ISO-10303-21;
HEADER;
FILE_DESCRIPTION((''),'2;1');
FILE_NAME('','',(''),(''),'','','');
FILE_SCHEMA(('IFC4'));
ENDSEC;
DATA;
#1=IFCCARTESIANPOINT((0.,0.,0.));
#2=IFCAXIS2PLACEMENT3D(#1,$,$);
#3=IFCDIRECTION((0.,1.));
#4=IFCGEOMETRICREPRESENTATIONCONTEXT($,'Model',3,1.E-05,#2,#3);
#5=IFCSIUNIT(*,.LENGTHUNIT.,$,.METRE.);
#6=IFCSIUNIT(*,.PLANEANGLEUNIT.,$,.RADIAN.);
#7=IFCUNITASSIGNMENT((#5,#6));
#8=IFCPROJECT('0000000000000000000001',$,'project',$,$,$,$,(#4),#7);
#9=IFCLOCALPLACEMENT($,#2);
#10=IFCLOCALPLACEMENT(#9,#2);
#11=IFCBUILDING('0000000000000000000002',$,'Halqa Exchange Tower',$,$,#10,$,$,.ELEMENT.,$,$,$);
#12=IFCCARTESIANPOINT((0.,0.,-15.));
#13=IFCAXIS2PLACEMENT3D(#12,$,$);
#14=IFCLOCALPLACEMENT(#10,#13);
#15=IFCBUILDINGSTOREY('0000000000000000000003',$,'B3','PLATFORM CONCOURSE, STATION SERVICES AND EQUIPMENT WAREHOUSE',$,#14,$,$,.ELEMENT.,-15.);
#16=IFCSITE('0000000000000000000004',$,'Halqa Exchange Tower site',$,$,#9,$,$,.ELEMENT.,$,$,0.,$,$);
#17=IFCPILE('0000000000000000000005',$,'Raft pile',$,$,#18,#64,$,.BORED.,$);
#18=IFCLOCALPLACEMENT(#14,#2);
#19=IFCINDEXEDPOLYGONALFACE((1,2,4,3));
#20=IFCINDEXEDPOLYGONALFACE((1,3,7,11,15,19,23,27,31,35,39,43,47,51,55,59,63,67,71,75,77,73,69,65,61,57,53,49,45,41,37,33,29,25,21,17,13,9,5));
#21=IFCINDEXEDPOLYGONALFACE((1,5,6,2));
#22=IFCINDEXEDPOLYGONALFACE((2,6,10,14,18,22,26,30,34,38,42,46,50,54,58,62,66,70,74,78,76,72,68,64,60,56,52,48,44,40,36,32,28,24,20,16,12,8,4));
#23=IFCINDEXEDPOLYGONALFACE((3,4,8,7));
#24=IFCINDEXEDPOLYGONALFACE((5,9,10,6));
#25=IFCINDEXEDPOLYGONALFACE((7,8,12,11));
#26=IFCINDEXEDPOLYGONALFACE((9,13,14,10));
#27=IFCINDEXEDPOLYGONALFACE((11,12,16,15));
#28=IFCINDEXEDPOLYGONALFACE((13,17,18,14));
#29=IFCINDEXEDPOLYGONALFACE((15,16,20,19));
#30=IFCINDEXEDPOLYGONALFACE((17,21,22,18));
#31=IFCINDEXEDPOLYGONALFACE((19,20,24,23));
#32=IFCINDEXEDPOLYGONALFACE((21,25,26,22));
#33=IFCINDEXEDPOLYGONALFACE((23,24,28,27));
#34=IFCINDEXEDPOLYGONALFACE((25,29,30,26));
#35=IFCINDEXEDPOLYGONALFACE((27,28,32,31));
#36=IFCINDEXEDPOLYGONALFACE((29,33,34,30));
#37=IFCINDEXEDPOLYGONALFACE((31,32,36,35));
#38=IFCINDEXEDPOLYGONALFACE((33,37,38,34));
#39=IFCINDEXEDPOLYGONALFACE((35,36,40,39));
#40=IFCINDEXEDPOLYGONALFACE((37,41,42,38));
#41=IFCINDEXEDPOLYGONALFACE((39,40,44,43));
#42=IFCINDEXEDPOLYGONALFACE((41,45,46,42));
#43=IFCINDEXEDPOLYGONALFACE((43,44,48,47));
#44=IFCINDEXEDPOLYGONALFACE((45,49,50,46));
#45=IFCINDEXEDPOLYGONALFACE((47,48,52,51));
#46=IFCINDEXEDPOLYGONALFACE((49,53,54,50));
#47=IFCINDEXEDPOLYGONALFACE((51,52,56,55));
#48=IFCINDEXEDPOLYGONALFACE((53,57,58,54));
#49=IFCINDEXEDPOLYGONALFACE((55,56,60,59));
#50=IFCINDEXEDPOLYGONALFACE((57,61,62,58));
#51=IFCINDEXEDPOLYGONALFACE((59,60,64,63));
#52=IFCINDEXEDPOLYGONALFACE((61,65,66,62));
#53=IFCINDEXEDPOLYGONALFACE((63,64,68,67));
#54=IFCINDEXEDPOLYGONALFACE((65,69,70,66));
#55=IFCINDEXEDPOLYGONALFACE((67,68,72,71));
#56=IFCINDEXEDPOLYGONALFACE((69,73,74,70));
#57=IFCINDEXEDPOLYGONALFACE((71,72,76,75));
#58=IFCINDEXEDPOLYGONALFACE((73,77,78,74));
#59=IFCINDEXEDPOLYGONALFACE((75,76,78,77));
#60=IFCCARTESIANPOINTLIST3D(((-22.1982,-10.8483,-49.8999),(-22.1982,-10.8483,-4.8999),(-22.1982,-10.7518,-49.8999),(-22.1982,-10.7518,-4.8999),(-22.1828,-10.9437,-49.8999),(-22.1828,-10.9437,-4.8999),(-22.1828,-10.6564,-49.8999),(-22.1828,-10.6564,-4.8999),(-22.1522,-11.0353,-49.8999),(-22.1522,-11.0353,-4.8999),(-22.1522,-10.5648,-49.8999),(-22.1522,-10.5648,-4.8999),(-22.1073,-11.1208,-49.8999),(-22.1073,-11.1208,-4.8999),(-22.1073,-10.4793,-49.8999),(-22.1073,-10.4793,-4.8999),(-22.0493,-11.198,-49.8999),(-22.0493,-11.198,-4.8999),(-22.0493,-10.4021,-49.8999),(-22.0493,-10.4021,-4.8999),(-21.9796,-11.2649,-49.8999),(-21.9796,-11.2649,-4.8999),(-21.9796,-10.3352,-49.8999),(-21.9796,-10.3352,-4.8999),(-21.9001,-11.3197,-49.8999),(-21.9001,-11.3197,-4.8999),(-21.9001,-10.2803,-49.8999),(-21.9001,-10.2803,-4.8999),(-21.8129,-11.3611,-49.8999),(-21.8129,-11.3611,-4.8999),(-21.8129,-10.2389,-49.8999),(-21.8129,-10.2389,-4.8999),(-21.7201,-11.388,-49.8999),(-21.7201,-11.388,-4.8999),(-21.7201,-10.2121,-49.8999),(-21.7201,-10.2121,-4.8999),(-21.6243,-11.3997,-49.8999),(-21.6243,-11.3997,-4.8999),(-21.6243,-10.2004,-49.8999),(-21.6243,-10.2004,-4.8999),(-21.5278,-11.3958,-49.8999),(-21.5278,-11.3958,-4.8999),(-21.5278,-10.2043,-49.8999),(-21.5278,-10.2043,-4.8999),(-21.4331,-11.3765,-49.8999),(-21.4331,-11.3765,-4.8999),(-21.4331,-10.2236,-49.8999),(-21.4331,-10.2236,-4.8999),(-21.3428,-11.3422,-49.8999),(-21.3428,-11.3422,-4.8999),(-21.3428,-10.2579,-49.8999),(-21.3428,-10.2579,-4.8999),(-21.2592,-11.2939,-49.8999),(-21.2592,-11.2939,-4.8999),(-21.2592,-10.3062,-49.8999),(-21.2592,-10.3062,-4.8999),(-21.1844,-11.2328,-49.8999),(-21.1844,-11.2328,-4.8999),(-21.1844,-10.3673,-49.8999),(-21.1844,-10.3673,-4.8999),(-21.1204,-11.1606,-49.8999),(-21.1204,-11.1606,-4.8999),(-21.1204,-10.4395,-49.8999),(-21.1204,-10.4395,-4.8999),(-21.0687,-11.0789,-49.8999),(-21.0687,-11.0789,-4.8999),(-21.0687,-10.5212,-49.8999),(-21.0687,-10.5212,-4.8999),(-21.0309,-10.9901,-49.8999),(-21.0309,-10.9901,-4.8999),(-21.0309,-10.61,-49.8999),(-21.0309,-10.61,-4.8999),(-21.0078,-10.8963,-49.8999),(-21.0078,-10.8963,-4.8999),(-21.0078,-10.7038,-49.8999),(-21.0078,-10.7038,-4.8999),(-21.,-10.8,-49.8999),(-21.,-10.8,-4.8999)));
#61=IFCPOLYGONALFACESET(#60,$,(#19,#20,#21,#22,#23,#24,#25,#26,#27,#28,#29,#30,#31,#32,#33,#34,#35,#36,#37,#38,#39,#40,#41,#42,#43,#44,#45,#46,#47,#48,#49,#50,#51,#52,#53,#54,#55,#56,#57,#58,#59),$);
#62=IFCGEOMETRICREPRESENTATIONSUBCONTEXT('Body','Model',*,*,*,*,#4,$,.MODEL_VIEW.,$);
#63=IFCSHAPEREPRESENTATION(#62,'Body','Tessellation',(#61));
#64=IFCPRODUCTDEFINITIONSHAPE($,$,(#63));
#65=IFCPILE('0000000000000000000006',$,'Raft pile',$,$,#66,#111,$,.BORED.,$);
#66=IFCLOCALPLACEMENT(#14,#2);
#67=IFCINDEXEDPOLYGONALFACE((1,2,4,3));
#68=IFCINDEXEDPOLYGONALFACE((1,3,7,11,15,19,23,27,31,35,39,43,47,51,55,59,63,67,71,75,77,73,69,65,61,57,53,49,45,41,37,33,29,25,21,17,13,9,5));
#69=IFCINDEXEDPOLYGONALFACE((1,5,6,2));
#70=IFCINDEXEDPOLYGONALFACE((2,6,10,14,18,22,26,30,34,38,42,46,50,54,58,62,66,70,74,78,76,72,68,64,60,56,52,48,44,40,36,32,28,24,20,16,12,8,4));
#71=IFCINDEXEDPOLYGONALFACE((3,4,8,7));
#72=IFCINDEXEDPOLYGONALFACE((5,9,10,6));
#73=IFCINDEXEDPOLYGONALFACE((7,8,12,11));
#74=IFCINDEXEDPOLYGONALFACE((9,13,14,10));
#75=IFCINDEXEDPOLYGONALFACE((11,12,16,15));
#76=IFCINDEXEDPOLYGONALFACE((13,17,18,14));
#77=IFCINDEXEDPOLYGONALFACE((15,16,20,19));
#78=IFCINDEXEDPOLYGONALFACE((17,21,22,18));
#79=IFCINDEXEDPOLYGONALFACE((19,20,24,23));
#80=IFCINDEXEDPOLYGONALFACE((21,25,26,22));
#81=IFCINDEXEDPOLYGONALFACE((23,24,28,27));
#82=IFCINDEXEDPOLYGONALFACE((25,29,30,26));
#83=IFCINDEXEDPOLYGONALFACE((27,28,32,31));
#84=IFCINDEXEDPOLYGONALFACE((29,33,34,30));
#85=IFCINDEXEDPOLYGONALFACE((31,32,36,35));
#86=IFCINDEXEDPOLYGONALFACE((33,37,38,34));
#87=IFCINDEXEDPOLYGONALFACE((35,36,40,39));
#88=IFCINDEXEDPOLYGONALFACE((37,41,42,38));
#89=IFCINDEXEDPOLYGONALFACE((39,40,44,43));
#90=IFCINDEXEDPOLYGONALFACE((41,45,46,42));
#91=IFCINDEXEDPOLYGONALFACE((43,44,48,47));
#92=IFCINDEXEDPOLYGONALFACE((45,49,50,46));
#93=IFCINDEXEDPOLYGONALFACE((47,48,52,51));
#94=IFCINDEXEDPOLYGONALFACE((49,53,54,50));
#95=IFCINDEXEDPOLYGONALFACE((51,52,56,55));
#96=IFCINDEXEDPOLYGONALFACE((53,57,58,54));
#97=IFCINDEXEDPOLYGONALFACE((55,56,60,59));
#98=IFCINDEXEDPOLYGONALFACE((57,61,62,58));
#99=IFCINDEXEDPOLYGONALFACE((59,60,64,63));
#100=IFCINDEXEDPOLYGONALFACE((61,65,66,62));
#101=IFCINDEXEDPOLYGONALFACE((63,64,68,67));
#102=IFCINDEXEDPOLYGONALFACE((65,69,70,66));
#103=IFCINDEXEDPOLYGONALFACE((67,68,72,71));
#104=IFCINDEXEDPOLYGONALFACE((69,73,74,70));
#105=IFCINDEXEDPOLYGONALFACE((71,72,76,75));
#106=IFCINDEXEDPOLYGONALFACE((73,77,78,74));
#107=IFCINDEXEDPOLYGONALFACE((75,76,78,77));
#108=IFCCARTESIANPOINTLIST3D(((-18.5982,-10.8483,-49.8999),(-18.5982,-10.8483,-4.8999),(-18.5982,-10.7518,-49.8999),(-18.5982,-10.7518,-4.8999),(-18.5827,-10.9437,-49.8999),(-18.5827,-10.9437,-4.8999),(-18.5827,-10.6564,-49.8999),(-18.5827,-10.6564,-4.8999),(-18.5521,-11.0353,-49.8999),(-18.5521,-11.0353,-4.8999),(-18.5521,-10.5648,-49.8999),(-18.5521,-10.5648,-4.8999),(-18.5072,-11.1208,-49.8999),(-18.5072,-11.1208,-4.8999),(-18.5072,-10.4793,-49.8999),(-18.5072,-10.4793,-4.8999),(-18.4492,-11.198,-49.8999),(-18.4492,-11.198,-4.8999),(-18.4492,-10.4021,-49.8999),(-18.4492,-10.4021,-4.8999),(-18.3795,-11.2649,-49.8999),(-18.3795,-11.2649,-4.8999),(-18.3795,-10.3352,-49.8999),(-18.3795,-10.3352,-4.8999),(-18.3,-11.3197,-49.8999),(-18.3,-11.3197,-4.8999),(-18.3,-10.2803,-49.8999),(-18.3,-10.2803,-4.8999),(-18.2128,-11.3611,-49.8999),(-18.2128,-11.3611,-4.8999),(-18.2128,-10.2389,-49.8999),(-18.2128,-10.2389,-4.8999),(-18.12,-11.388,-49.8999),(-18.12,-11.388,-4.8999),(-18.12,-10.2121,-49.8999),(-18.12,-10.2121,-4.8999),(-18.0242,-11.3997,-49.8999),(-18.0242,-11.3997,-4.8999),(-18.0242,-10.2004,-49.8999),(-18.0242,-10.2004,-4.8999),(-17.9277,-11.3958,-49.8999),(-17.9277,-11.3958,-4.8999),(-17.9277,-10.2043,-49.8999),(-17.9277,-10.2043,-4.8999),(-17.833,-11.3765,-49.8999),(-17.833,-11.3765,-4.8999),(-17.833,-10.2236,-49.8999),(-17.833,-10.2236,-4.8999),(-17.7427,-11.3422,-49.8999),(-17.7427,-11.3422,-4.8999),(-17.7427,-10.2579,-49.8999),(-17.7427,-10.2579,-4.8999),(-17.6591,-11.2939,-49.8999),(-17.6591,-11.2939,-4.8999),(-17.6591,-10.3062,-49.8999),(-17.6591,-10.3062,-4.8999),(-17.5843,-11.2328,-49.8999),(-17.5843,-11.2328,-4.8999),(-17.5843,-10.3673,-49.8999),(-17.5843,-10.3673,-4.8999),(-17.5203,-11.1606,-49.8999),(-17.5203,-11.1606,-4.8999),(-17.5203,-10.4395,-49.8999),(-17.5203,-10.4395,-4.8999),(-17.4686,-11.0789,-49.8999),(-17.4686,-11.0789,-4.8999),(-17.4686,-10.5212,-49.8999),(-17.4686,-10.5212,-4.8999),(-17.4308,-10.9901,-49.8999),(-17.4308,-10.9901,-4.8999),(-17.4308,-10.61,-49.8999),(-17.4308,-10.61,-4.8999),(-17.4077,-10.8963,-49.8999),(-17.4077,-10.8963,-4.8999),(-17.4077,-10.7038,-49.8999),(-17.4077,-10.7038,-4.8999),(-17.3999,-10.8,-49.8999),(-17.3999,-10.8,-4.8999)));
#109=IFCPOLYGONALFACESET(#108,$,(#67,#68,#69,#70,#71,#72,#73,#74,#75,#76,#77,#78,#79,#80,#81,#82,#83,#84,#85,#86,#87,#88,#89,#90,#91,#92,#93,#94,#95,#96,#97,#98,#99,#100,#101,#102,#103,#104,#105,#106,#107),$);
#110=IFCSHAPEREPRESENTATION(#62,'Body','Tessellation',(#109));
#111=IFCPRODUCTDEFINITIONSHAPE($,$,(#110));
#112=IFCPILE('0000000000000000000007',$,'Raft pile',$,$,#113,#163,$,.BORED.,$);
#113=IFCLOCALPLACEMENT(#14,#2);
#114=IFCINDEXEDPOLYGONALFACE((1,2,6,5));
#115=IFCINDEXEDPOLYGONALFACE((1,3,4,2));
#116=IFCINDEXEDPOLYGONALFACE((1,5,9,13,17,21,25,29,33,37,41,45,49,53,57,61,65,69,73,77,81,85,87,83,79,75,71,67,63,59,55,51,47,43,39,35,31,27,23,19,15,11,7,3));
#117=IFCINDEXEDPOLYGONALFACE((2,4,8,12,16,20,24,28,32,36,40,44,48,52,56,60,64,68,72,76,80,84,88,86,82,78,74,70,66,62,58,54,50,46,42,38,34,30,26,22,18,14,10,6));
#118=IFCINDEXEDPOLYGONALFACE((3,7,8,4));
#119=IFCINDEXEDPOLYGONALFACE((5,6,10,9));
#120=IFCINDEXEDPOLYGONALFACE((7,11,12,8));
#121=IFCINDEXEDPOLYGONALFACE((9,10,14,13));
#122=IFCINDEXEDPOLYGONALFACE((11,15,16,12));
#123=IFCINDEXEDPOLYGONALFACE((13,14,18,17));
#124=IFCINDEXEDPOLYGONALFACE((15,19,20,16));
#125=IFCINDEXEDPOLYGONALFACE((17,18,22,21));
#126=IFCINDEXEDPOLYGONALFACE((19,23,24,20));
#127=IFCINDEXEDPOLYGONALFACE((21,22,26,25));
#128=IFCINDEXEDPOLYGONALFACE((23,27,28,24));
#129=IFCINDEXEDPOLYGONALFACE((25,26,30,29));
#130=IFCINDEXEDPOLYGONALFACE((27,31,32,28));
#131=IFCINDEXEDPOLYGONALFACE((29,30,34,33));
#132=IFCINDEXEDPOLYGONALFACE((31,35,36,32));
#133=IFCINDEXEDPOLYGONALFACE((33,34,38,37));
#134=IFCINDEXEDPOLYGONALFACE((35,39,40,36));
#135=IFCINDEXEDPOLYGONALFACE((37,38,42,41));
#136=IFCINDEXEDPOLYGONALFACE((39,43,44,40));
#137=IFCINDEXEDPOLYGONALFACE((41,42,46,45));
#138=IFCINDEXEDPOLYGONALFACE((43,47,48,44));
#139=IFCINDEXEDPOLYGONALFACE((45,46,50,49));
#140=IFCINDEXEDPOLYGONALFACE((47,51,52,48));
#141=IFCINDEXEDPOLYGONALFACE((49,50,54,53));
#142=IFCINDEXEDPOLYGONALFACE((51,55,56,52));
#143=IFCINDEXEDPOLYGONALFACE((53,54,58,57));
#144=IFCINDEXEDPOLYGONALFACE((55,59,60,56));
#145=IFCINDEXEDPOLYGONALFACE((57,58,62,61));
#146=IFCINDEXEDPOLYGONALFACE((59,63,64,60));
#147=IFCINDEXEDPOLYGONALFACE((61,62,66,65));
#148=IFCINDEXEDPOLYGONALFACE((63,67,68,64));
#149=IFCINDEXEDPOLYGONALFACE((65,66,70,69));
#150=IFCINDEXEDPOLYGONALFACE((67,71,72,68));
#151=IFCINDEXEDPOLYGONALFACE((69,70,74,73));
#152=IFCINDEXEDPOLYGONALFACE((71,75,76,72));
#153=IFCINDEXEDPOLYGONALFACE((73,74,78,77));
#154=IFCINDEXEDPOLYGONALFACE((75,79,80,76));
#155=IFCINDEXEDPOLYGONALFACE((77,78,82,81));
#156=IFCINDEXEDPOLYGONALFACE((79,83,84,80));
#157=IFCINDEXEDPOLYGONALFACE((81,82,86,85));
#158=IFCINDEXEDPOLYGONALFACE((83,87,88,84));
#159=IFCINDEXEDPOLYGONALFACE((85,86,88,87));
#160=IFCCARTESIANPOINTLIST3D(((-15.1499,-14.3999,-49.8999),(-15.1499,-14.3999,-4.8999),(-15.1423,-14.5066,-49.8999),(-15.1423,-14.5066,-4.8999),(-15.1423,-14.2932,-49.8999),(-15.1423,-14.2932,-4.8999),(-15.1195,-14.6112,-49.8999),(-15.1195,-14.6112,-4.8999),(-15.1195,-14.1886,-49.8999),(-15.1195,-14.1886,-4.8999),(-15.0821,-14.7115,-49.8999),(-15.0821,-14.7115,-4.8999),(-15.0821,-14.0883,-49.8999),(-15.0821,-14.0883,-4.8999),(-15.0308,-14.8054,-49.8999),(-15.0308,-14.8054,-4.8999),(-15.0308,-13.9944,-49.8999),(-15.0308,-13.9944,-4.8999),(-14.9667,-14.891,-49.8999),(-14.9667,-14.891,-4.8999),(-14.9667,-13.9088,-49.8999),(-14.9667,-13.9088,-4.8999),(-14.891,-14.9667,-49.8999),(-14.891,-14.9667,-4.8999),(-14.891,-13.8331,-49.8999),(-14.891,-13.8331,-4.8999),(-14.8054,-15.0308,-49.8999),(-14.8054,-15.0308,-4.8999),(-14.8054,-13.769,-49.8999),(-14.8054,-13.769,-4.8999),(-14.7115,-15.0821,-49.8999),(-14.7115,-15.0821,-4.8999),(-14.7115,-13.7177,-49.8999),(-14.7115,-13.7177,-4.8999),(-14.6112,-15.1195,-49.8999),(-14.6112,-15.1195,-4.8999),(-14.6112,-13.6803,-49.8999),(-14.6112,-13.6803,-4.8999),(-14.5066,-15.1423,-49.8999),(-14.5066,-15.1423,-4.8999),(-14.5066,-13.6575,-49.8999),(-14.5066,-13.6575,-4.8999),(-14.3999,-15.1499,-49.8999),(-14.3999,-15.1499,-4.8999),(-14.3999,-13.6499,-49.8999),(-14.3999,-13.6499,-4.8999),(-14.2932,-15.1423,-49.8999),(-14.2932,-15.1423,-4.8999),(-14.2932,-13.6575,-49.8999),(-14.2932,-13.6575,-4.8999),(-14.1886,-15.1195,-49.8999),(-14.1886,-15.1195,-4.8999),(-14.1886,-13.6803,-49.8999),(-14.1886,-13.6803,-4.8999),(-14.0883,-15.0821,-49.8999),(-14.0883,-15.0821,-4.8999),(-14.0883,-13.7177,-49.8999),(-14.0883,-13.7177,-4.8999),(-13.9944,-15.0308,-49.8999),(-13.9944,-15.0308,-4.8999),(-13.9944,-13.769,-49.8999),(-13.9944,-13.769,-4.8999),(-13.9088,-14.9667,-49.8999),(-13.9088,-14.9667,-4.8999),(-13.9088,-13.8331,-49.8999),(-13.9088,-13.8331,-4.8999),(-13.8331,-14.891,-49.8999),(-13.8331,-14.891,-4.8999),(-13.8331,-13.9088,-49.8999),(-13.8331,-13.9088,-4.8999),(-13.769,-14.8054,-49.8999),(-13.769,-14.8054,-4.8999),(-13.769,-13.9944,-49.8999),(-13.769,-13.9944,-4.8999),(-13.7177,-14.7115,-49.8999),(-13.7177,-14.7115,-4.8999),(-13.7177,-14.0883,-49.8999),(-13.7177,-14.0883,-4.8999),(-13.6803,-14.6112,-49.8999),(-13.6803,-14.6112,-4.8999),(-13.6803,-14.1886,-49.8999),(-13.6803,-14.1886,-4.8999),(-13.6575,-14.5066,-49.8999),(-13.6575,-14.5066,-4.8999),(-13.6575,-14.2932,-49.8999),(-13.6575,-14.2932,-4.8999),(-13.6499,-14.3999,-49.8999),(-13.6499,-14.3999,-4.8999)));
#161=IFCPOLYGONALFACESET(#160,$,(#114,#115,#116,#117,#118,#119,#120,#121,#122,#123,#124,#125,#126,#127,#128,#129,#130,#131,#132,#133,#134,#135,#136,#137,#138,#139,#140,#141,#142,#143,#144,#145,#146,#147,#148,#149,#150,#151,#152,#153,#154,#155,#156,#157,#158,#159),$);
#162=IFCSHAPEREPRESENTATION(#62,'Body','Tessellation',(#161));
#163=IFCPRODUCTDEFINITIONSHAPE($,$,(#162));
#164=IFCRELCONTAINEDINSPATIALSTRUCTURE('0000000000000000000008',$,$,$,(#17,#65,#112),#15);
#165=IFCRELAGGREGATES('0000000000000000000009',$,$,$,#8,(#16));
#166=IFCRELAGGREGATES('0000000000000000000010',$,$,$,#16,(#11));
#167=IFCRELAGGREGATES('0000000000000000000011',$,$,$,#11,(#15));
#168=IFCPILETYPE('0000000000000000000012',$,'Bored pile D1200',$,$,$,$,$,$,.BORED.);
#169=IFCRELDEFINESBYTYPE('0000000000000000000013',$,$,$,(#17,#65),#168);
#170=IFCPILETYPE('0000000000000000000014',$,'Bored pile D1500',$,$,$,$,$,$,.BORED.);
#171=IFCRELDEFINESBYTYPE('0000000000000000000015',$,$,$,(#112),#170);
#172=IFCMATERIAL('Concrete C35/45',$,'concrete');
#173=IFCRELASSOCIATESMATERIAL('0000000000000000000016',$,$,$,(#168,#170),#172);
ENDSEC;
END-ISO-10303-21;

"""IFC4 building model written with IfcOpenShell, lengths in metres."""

from ifc_helpers import new_model, si_unit, direction, frame, origin, origin_2d, place, context, subcontext, project, spatial, circle, extrude, material, material_profile, profile_set, type_object, element, save


model = new_model("IFC4")

# Units and contexts
model_context = context("Model", 3, precision=1e-05, world=origin(), true_north=direction((0.0, 1.0)))
body_context = subcontext(model_context, "Body", "Model", "MODEL_VIEW")
ifc_project = project(units=[si_unit("LENGTHUNIT", "METRE"), si_unit("PLANEANGLEUNIT", "RADIAN")], contexts=[model_context])

# Site, building, storey
site_placement = place(None, origin())
site = spatial("IfcSite", under=ifc_project, at=site_placement, Name="Halqa Exchange Tower site", CompositionType="ELEMENT", RefElevation=0.0)
building_placement = place(site_placement, origin())
building = spatial("IfcBuilding", under=site, at=building_placement, Name="Halqa Exchange Tower", CompositionType="ELEMENT")
storey_placement = place(building_placement, frame((0.0, 0.0, -15.0)))
storey = spatial("IfcBuildingStorey", under=building, at=storey_placement, Name="B3", Description="PLATFORM CONCOURSE, STATION SERVICES AND EQUIPMENT WAREHOUSE", CompositionType="ELEMENT", Elevation=-15.0)

# Piles
ifc_material_1 = material(Name="Concrete C35/45", Category="concrete")
ifc_material_profile_1 = material_profile(ifc_material_1, circle(Radius=0.6001, at=origin_2d()), Name="D1200")
ifc_profile_set_1 = profile_set([ifc_material_profile_1], Name="Concrete C35/45")
pile_type_1 = type_object("IfcPileType", Name="Bored pile D1200", PredefinedType="BORED", material=ifc_profile_set_1)
for number, where, z_axis, x_axis, name in (
    (1, (-21.6001, -10.8, -4.8999), (0.0, 0.0, -1.0), (1.0, 0.0, 0.0), "Raft pile"),
    (2, (-18.0, -10.8, -4.8999), (0.0, 0.0, -1.0), (1.0, 0.0, 0.0), "Raft pile"),
):
    element("IfcPile", number, at=place(storey_placement, frame(where, z_axis=z_axis, x_axis=x_axis)), inside=storey, type_object=pile_type_1, Name=name, PredefinedType="BORED", context=body_context, shape_type="SweptSolid", body=[
        extrude(circle(Radius=0.6001, at=origin_2d()), origin(), (0.0, 0.0, 1.0), 45.0),
    ])
ifc_material_profile_2 = material_profile(ifc_material_1, circle(Radius=0.75, at=origin_2d()), Name="D1500")
ifc_profile_set_2 = profile_set([ifc_material_profile_2], Name="Concrete C35/45")
pile_type_2 = type_object("IfcPileType", Name="Bored pile D1500", PredefinedType="BORED", material=ifc_profile_set_2)
for number, where, z_axis, x_axis, name in (
    (3, (-14.3999, -14.3999, -4.8999), (0.0, 0.0, -1.0), (1.0, 0.0, 0.0), "Raft pile"),
):
    element("IfcPile", number, at=place(storey_placement, frame(where, z_axis=z_axis, x_axis=x_axis)), inside=storey, type_object=pile_type_2, Name=name, PredefinedType="BORED", context=body_context, shape_type="SweptSolid", body=[
        extrude(circle(Radius=0.75, at=origin_2d()), origin(), (0.0, 0.0, 1.0), 45.0),
    ])

save(model, "model.ifc")
